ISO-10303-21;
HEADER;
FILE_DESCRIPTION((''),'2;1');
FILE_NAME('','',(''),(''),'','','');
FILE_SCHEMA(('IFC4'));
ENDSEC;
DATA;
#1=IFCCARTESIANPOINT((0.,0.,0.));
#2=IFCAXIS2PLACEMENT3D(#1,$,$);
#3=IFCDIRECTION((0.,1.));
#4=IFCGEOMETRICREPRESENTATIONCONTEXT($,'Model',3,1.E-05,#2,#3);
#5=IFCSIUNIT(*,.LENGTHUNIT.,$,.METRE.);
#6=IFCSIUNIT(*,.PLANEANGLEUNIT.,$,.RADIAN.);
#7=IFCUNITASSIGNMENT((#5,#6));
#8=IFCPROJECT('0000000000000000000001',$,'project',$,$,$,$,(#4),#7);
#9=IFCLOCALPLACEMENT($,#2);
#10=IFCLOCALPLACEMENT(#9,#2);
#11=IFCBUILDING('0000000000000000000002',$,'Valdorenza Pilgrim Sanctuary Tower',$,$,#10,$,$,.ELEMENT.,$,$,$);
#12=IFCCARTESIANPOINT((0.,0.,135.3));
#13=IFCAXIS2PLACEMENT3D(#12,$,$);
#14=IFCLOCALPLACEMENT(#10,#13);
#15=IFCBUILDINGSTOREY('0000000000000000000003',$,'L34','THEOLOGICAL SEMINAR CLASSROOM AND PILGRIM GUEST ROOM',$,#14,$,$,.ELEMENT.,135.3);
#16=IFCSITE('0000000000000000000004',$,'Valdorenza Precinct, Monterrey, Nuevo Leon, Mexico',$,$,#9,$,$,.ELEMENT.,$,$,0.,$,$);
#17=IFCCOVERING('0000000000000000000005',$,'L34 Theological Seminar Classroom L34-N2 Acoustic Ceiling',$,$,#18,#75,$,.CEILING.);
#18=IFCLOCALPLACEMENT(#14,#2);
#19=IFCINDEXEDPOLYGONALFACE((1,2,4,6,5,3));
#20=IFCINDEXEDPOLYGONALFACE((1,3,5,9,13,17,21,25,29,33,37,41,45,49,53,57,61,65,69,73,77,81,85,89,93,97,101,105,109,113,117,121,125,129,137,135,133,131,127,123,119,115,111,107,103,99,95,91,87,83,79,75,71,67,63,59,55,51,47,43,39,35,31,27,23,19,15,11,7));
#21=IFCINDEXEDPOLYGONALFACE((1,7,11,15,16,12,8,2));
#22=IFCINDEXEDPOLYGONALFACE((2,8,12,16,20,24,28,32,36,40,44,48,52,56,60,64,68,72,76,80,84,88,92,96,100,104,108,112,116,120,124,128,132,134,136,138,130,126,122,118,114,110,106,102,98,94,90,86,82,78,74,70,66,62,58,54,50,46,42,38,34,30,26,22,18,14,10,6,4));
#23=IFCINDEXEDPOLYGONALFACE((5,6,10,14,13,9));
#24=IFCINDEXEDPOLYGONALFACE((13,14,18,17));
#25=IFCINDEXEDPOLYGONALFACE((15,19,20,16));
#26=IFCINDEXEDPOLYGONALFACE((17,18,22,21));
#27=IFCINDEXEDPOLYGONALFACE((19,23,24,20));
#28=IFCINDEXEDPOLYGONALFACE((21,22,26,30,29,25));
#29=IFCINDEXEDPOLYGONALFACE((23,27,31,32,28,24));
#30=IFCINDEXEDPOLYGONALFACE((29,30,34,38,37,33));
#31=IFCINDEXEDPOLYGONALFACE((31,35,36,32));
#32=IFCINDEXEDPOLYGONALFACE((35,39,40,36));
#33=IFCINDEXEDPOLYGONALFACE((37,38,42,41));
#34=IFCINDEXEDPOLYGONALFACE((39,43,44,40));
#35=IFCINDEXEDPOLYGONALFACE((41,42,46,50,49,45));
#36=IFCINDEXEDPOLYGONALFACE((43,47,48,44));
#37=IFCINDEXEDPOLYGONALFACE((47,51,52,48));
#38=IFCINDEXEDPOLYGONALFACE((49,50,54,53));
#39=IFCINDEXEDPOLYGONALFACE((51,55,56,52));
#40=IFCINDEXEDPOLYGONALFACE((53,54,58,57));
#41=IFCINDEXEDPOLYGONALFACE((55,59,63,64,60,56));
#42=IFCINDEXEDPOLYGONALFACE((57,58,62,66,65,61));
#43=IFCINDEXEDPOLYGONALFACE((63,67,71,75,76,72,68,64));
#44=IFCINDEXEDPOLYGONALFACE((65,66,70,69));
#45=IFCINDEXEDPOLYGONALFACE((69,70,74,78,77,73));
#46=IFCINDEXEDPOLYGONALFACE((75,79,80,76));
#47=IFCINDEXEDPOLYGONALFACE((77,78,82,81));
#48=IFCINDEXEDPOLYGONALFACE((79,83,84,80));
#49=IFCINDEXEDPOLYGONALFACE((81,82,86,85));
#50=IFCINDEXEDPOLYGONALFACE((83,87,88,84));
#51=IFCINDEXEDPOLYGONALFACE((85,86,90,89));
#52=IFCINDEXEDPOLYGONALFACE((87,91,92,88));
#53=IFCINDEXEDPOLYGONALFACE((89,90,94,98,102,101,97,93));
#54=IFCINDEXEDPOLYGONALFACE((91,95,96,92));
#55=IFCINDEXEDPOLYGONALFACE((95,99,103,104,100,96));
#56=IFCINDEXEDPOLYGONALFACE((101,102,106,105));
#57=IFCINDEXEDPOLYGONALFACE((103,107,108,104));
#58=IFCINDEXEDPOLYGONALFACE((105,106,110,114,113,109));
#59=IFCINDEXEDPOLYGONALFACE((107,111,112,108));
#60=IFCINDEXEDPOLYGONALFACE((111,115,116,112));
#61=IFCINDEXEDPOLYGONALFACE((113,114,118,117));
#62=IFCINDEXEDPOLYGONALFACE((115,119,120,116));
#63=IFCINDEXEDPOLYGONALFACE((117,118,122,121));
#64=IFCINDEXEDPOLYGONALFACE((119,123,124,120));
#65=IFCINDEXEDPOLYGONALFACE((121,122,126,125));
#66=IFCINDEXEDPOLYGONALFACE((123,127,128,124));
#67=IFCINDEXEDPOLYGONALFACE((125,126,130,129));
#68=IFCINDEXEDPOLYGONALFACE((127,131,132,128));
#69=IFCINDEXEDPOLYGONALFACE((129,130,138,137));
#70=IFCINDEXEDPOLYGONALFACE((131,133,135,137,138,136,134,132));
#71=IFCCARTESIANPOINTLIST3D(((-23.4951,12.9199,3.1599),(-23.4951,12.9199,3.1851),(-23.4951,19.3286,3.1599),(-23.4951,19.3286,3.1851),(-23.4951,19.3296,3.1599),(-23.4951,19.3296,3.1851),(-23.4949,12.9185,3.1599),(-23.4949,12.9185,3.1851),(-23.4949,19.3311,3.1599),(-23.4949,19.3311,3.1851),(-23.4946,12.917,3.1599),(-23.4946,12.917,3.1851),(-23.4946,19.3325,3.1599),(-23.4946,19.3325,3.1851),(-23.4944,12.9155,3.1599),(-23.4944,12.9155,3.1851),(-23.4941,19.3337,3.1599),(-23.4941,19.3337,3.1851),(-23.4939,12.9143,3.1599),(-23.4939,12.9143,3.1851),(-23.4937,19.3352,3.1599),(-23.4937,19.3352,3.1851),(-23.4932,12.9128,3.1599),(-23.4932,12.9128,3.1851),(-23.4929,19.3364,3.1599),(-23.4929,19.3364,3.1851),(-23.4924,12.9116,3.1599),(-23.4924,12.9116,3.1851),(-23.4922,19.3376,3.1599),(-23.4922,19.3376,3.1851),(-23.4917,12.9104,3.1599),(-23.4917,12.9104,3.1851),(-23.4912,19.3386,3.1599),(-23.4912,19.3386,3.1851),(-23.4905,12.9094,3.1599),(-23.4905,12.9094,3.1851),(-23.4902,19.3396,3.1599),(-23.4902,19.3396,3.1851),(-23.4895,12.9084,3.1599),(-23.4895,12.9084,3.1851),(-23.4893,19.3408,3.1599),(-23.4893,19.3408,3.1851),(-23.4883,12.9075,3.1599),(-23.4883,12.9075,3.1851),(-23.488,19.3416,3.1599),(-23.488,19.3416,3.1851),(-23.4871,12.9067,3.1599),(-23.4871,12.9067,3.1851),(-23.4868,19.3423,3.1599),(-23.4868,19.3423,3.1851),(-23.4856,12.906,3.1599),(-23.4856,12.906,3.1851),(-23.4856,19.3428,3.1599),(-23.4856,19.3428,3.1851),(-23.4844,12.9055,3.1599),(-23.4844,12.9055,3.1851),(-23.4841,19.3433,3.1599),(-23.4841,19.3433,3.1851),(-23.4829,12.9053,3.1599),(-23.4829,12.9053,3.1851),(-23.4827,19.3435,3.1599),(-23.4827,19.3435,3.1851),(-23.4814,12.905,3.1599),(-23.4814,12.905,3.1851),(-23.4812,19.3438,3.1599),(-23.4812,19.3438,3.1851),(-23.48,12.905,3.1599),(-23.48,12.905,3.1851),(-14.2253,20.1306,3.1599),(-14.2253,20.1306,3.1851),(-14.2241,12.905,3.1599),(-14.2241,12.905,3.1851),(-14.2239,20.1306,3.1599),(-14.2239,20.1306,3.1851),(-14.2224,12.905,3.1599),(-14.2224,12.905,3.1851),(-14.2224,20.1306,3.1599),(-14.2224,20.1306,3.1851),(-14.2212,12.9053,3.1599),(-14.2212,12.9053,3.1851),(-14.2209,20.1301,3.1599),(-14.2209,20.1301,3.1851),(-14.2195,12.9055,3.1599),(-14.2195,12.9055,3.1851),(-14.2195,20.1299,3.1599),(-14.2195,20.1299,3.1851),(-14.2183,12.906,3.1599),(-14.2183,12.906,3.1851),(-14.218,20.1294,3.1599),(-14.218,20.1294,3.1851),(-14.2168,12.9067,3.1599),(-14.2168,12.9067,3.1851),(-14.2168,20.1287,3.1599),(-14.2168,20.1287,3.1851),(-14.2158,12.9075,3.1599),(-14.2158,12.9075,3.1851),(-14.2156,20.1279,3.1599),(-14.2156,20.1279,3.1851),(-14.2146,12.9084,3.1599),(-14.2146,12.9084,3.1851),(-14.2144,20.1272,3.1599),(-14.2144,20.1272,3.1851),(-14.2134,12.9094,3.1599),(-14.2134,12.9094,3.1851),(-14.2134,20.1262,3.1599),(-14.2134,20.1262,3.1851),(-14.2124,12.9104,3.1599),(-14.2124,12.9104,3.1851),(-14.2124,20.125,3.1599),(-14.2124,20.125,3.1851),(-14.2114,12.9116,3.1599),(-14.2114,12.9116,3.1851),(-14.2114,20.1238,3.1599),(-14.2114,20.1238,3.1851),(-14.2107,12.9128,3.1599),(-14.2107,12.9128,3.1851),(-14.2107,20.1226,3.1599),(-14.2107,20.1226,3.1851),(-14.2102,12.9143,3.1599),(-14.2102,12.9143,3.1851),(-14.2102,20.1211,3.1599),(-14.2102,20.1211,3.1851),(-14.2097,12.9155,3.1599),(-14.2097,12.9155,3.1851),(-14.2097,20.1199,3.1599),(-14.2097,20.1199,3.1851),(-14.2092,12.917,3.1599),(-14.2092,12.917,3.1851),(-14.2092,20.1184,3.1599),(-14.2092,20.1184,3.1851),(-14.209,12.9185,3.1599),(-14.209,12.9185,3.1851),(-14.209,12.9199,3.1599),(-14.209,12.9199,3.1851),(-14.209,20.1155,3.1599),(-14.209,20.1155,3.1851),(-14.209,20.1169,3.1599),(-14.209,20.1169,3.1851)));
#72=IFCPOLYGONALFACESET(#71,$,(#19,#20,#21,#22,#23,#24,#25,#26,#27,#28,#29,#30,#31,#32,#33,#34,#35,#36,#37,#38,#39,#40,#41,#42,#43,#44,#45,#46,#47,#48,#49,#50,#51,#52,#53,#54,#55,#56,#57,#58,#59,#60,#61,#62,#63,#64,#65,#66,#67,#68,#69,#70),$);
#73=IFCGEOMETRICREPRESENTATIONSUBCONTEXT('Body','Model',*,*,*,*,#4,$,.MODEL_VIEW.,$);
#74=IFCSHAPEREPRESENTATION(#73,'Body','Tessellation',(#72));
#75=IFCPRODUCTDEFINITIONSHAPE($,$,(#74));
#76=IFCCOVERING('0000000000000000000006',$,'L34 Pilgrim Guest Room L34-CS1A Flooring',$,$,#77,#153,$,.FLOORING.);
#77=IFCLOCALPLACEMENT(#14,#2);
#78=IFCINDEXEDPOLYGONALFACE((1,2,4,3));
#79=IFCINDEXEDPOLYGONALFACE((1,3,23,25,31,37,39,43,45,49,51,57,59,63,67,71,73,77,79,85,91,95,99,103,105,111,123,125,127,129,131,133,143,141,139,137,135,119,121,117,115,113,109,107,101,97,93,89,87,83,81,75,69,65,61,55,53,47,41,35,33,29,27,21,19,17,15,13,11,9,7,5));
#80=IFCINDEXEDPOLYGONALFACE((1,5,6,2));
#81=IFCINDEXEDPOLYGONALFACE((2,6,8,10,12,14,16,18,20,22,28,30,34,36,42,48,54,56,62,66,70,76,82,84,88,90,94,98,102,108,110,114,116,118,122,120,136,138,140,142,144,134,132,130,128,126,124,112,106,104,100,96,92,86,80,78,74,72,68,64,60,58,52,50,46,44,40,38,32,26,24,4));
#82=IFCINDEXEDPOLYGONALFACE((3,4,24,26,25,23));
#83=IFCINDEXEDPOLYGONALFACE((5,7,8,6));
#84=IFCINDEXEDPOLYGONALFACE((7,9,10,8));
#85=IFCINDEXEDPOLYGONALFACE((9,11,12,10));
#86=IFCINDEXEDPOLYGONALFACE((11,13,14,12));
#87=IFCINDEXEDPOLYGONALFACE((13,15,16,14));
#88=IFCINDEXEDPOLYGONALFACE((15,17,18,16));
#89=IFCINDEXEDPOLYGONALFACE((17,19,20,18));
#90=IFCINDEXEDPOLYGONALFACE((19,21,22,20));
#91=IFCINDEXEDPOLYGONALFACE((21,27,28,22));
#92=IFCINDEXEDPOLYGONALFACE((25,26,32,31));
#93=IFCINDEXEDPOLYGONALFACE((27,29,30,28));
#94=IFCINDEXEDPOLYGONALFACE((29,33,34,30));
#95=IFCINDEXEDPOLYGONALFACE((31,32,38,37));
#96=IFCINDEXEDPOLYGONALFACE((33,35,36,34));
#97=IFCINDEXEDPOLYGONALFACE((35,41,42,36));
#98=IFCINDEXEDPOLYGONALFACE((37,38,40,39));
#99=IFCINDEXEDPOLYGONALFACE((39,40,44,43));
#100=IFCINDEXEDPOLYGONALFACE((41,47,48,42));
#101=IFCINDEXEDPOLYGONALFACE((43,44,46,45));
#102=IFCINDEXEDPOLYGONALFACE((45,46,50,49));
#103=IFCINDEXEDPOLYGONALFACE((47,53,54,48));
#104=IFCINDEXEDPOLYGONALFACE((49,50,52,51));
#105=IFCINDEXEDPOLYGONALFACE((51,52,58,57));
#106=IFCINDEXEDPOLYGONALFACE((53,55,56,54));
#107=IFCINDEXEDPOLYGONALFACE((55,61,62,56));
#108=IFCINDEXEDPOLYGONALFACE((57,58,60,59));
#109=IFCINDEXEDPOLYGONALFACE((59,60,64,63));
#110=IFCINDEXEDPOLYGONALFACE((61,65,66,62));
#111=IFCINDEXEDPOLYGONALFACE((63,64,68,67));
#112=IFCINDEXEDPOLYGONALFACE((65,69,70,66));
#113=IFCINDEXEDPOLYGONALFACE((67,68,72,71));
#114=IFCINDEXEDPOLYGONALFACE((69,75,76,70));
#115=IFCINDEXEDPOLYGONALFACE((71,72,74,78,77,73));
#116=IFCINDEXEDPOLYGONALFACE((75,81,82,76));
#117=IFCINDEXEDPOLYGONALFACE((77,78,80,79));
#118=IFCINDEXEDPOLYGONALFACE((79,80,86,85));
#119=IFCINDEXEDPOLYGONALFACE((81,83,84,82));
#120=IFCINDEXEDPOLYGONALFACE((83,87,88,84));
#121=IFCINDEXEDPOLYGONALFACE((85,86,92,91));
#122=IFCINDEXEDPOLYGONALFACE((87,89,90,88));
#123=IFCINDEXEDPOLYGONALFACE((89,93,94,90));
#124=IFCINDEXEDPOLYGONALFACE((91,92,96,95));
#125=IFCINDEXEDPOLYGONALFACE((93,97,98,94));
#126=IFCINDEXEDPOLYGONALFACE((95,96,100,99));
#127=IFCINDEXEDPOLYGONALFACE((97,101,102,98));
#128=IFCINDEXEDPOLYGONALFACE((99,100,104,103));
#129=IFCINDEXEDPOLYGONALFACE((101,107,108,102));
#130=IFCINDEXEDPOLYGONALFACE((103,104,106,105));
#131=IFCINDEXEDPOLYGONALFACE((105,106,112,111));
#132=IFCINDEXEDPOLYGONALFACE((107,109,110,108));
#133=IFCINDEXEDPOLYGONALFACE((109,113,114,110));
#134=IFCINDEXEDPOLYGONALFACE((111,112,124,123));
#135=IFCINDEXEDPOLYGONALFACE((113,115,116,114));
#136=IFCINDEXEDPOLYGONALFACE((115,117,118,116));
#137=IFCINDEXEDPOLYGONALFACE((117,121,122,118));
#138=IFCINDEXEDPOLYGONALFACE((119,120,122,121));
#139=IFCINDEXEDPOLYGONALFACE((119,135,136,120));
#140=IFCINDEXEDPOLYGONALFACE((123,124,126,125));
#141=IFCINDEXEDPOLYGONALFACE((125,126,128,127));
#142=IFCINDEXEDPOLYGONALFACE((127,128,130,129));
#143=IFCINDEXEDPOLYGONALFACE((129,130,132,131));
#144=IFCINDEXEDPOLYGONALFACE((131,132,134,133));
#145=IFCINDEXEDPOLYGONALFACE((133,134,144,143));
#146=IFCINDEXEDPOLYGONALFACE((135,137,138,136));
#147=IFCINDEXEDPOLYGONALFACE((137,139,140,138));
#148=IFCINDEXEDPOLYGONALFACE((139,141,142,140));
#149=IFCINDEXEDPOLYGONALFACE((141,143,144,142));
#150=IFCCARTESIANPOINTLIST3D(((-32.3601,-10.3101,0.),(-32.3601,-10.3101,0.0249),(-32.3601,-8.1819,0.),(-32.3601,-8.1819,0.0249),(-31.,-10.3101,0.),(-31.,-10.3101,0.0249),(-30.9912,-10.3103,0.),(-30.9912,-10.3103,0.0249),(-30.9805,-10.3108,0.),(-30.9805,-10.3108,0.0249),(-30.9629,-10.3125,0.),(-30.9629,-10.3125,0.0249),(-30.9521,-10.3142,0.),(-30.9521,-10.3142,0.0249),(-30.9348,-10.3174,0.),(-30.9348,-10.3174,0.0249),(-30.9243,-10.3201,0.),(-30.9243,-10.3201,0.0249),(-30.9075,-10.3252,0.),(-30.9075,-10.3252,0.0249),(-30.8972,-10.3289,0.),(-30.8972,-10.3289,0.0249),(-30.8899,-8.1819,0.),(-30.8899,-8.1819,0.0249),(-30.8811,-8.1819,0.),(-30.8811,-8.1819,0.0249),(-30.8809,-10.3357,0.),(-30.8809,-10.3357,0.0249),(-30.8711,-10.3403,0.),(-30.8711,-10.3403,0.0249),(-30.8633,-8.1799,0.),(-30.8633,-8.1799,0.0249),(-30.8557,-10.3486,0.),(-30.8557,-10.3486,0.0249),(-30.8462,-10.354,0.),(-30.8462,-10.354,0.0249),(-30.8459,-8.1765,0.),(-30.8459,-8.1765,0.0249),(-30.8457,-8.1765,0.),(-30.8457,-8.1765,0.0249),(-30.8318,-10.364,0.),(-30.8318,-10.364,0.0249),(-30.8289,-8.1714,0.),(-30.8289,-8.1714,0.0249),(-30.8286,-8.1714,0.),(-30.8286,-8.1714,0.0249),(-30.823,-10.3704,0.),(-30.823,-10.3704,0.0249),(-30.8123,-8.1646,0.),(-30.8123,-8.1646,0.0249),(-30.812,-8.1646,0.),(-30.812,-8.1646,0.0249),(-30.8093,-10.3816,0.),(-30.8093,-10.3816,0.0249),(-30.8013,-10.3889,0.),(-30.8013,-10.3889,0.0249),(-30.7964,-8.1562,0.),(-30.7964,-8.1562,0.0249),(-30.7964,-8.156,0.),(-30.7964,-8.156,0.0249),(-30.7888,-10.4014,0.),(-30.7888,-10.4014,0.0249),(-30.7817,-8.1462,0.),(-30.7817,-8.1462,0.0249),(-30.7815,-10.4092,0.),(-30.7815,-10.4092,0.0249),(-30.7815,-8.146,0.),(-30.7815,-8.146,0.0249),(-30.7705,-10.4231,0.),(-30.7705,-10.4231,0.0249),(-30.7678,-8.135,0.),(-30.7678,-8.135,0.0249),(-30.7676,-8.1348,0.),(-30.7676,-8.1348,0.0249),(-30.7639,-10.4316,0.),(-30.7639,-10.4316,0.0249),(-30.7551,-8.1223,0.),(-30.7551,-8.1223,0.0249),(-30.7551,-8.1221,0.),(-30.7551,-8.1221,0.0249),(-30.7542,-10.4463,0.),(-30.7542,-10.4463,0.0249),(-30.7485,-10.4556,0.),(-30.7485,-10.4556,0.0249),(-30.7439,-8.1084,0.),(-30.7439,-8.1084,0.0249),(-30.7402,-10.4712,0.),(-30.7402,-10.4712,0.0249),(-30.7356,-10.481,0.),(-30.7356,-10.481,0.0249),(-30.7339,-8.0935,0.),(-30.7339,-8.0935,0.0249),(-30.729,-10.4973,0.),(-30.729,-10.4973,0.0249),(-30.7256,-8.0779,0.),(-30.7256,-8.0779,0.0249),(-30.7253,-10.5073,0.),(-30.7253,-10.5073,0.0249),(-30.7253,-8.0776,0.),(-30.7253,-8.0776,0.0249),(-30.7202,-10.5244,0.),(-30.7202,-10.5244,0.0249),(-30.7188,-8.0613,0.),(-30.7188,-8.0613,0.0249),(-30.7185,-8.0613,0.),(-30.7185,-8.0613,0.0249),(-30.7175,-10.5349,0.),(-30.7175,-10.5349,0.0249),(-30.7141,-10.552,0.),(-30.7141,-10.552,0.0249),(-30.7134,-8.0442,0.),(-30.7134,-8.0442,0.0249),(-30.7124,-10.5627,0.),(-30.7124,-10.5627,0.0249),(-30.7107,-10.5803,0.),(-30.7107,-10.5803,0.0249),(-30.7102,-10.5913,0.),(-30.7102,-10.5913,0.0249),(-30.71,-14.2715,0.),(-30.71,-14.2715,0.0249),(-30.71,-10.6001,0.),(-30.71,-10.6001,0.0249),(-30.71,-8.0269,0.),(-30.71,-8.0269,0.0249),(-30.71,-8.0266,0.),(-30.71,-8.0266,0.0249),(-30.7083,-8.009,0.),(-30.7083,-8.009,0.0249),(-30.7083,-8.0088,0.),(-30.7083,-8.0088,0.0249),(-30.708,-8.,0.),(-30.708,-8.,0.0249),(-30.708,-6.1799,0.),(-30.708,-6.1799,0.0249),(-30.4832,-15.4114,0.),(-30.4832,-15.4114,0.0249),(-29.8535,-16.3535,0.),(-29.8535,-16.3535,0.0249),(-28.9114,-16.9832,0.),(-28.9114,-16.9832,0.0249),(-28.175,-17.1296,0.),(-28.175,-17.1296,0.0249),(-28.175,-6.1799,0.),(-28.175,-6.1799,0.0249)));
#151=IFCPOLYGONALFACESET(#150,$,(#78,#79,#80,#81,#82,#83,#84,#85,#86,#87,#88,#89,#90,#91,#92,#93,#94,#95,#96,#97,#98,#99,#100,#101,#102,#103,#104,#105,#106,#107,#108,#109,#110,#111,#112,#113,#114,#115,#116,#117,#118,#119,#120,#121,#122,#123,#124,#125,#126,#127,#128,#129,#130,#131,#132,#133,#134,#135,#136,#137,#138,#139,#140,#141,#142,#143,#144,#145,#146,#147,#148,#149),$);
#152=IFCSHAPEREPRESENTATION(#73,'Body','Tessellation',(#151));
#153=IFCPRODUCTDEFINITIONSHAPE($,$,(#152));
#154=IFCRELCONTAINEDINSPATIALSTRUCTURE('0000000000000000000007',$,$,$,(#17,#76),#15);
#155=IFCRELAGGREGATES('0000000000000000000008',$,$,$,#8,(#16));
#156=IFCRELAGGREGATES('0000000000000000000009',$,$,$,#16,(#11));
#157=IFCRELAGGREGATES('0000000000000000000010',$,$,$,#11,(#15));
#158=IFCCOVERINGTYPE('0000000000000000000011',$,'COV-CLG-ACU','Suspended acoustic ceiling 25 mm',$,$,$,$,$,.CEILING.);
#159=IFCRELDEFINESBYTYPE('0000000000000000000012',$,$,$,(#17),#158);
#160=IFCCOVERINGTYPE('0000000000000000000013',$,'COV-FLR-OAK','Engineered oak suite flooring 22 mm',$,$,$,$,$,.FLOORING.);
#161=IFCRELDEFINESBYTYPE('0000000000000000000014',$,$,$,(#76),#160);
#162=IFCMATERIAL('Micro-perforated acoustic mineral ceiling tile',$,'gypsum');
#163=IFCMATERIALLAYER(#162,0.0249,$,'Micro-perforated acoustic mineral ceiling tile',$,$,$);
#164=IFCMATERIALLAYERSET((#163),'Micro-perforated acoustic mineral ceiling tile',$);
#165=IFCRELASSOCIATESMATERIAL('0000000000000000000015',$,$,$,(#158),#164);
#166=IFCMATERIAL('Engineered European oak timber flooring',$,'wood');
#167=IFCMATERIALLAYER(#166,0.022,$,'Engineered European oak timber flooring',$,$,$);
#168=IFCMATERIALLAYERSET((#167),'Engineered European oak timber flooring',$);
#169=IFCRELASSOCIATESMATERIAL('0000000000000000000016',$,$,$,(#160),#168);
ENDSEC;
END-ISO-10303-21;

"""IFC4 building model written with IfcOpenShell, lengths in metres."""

from ifc_helpers import new_model, si_unit, direction, frame, origin, place, context, subcontext, project, spatial, polyline, outline, extrude, material, layer, layer_set, type_object, element, save


model = new_model("IFC4")

# Units and contexts
model_context = context("Model", 3, precision=1e-05, world=origin(), true_north=direction((0.0, 1.0)))
body_context = subcontext(model_context, "Body", "Model", "MODEL_VIEW")
ifc_project = project(units=[si_unit("LENGTHUNIT", "METRE"), si_unit("PLANEANGLEUNIT", "RADIAN")], contexts=[model_context])

# Site, building, storey
site_placement = place(None, origin())
site = spatial("IfcSite", under=ifc_project, at=site_placement, Name="Valdorenza Precinct, Monterrey, Nuevo Leon, Mexico", CompositionType="ELEMENT", RefElevation=0.0)
building_placement = place(site_placement, origin())
building = spatial("IfcBuilding", under=site, at=building_placement, Name="Valdorenza Pilgrim Sanctuary Tower", CompositionType="ELEMENT")
storey_placement = place(building_placement, frame((0.0, 0.0, 135.3)))
storey = spatial("IfcBuildingStorey", under=building, at=storey_placement, Name="L34", Description="THEOLOGICAL SEMINAR CLASSROOM AND PILGRIM GUEST ROOM", CompositionType="ELEMENT", Elevation=135.3)

# Coverings
ifc_material_1 = material(Name="Micro-perforated acoustic mineral ceiling tile", Category="gypsum")
ifc_layer_1 = layer(ifc_material_1, 0.0249, Name="Micro-perforated acoustic mineral ceiling tile")
ifc_layer_set_1 = layer_set([ifc_layer_1], Name="Micro-perforated acoustic mineral ceiling tile")
covering_type_1 = type_object("IfcCoveringType", Name="COV-CLG-ACU", Description="Suspended acoustic ceiling 25 mm", PredefinedType="CEILING", material=ifc_layer_set_1)
covering_1_placement = place(storey_placement, frame((0.0, 0.0, 3.1599)))
element("IfcCovering", 1, at=covering_1_placement, inside=storey, type_object=covering_type_1, Name="L34 Theological Seminar Classroom L34-N2 Acoustic Ceiling", PredefinedType="CEILING", context=body_context, shape_type="SweptSolid", body=[
    extrude(outline(polyline([(-23.4951, 19.3286), (-23.4951, 19.3296), (-23.4949, 19.3311), (-23.4946, 19.3325), (-23.4941, 19.3337), (-23.4937, 19.3352), (-23.4929, 19.3364), (-23.4922, 19.3376), (-23.4912, 19.3386), (-23.4902, 19.3396), (-23.4893, 19.3408), (-23.488, 19.3416), (-23.4868, 19.3423), (-23.4856, 19.3428), (-23.4841, 19.3433), (-23.4827, 19.3435), (-23.4812, 19.3438), (-14.2253, 20.1306), (-14.2239, 20.1306), (-14.2224, 20.1306), (-14.2209, 20.1301), (-14.2195, 20.1299), (-14.218, 20.1294), (-14.2168, 20.1287), (-14.2156, 20.1279), (-14.2144, 20.1272), (-14.2134, 20.1262), (-14.2124, 20.125), (-14.2114, 20.1238), (-14.2107, 20.1226), (-14.2102, 20.1211), (-14.2097, 20.1199), (-14.2092, 20.1184), (-14.209, 20.1169), (-14.209, 20.1155), (-14.209, 12.9199), (-14.209, 12.9185), (-14.2092, 12.917), (-14.2097, 12.9155), (-14.2102, 12.9143), (-14.2107, 12.9128), (-14.2114, 12.9116), (-14.2124, 12.9104), (-14.2134, 12.9094), (-14.2146, 12.9084), (-14.2158, 12.9075), (-14.2168, 12.9067), (-14.2183, 12.906), (-14.2195, 12.9055), (-14.2212, 12.9053), (-14.2224, 12.905), (-14.2241, 12.905), (-23.48, 12.905), (-23.4814, 12.905), (-23.4829, 12.9053), (-23.4844, 12.9055), (-23.4856, 12.906), (-23.4871, 12.9067), (-23.4883, 12.9075), (-23.4895, 12.9084), (-23.4905, 12.9094), (-23.4917, 12.9104), (-23.4924, 12.9116), (-23.4932, 12.9128), (-23.4939, 12.9143), (-23.4944, 12.9155), (-23.4946, 12.917), (-23.4949, 12.9185), (-23.4951, 12.9199), (-23.4951, 19.3286), (-23.4951, 19.3286)])), origin(), (0.0, 0.0, 1.0), 0.0251),
])
ifc_material_2 = material(Name="Engineered European oak timber flooring", Category="wood")
ifc_layer_2 = layer(ifc_material_2, 0.022, Name="Engineered European oak timber flooring")
ifc_layer_set_2 = layer_set([ifc_layer_2], Name="Engineered European oak timber flooring")
covering_type_2 = type_object("IfcCoveringType", Name="COV-FLR-OAK", Description="Engineered oak suite flooring 22 mm", PredefinedType="FLOORING", material=ifc_layer_set_2)
covering_2_placement = place(storey_placement, origin())
element("IfcCovering", 2, at=covering_2_placement, inside=storey, type_object=covering_type_2, Name="L34 Pilgrim Guest Room L34-CS1A Flooring", PredefinedType="FLOORING", context=body_context, shape_type="SweptSolid", body=[
    extrude(outline(polyline([(-28.9114, -16.9832), (-29.8535, -16.3535), (-30.4832, -15.4114), (-30.71, -14.2715), (-30.71, -10.6001), (-30.7102, -10.5913), (-30.7107, -10.5803), (-30.7124, -10.5627), (-30.7141, -10.552), (-30.7175, -10.5349), (-30.7202, -10.5244), (-30.7253, -10.5073), (-30.729, -10.4973), (-30.7356, -10.481), (-30.7402, -10.4712), (-30.7485, -10.4556), (-30.7542, -10.4463), (-30.7639, -10.4316), (-30.7705, -10.4231), (-30.7815, -10.4092), (-30.7888, -10.4014), (-30.8013, -10.3889), (-30.8093, -10.3816), (-30.823, -10.3704), (-30.8318, -10.364), (-30.8462, -10.354), (-30.8557, -10.3486), (-30.8711, -10.3403), (-30.8809, -10.3357), (-30.8972, -10.3289), (-30.9075, -10.3252), (-30.9243, -10.3201), (-30.9348, -10.3174), (-30.9521, -10.3142), (-30.9629, -10.3125), (-30.9805, -10.3108), (-30.9912, -10.3103), (-31.0, -10.3101), (-32.3601, -10.3101), (-32.3601, -8.1819), (-30.8899, -8.1819), (-30.8811, -8.1819), (-30.8811, -8.1819), (-30.8633, -8.1799), (-30.8633, -8.1799), (-30.8459, -8.1765), (-30.8457, -8.1765), (-30.8289, -8.1714), (-30.8286, -8.1714), (-30.8123, -8.1646), (-30.812, -8.1646), (-30.7964, -8.1562), (-30.7964, -8.156), (-30.7817, -8.1462), (-30.7815, -8.146), (-30.7678, -8.135), (-30.7676, -8.1348), (-30.7551, -8.1223), (-30.7551, -8.1221), (-30.7439, -8.1084), (-30.7439, -8.1084), (-30.7339, -8.0935), (-30.7339, -8.0935), (-30.7256, -8.0779), (-30.7253, -8.0776), (-30.7188, -8.0613), (-30.7185, -8.0613), (-30.7134, -8.0442), (-30.7134, -8.0442), (-30.71, -8.0269), (-30.71, -8.0266), (-30.7083, -8.009), (-30.7083, -8.0088), (-30.708, -8.0), (-30.708, -6.1799), (-28.175, -6.1799), (-28.175, -17.1296), (-28.9114, -16.9832)])), origin(), (0.0, 0.0, 1.0), 0.0249),
])

save(model, "model.ifc")
